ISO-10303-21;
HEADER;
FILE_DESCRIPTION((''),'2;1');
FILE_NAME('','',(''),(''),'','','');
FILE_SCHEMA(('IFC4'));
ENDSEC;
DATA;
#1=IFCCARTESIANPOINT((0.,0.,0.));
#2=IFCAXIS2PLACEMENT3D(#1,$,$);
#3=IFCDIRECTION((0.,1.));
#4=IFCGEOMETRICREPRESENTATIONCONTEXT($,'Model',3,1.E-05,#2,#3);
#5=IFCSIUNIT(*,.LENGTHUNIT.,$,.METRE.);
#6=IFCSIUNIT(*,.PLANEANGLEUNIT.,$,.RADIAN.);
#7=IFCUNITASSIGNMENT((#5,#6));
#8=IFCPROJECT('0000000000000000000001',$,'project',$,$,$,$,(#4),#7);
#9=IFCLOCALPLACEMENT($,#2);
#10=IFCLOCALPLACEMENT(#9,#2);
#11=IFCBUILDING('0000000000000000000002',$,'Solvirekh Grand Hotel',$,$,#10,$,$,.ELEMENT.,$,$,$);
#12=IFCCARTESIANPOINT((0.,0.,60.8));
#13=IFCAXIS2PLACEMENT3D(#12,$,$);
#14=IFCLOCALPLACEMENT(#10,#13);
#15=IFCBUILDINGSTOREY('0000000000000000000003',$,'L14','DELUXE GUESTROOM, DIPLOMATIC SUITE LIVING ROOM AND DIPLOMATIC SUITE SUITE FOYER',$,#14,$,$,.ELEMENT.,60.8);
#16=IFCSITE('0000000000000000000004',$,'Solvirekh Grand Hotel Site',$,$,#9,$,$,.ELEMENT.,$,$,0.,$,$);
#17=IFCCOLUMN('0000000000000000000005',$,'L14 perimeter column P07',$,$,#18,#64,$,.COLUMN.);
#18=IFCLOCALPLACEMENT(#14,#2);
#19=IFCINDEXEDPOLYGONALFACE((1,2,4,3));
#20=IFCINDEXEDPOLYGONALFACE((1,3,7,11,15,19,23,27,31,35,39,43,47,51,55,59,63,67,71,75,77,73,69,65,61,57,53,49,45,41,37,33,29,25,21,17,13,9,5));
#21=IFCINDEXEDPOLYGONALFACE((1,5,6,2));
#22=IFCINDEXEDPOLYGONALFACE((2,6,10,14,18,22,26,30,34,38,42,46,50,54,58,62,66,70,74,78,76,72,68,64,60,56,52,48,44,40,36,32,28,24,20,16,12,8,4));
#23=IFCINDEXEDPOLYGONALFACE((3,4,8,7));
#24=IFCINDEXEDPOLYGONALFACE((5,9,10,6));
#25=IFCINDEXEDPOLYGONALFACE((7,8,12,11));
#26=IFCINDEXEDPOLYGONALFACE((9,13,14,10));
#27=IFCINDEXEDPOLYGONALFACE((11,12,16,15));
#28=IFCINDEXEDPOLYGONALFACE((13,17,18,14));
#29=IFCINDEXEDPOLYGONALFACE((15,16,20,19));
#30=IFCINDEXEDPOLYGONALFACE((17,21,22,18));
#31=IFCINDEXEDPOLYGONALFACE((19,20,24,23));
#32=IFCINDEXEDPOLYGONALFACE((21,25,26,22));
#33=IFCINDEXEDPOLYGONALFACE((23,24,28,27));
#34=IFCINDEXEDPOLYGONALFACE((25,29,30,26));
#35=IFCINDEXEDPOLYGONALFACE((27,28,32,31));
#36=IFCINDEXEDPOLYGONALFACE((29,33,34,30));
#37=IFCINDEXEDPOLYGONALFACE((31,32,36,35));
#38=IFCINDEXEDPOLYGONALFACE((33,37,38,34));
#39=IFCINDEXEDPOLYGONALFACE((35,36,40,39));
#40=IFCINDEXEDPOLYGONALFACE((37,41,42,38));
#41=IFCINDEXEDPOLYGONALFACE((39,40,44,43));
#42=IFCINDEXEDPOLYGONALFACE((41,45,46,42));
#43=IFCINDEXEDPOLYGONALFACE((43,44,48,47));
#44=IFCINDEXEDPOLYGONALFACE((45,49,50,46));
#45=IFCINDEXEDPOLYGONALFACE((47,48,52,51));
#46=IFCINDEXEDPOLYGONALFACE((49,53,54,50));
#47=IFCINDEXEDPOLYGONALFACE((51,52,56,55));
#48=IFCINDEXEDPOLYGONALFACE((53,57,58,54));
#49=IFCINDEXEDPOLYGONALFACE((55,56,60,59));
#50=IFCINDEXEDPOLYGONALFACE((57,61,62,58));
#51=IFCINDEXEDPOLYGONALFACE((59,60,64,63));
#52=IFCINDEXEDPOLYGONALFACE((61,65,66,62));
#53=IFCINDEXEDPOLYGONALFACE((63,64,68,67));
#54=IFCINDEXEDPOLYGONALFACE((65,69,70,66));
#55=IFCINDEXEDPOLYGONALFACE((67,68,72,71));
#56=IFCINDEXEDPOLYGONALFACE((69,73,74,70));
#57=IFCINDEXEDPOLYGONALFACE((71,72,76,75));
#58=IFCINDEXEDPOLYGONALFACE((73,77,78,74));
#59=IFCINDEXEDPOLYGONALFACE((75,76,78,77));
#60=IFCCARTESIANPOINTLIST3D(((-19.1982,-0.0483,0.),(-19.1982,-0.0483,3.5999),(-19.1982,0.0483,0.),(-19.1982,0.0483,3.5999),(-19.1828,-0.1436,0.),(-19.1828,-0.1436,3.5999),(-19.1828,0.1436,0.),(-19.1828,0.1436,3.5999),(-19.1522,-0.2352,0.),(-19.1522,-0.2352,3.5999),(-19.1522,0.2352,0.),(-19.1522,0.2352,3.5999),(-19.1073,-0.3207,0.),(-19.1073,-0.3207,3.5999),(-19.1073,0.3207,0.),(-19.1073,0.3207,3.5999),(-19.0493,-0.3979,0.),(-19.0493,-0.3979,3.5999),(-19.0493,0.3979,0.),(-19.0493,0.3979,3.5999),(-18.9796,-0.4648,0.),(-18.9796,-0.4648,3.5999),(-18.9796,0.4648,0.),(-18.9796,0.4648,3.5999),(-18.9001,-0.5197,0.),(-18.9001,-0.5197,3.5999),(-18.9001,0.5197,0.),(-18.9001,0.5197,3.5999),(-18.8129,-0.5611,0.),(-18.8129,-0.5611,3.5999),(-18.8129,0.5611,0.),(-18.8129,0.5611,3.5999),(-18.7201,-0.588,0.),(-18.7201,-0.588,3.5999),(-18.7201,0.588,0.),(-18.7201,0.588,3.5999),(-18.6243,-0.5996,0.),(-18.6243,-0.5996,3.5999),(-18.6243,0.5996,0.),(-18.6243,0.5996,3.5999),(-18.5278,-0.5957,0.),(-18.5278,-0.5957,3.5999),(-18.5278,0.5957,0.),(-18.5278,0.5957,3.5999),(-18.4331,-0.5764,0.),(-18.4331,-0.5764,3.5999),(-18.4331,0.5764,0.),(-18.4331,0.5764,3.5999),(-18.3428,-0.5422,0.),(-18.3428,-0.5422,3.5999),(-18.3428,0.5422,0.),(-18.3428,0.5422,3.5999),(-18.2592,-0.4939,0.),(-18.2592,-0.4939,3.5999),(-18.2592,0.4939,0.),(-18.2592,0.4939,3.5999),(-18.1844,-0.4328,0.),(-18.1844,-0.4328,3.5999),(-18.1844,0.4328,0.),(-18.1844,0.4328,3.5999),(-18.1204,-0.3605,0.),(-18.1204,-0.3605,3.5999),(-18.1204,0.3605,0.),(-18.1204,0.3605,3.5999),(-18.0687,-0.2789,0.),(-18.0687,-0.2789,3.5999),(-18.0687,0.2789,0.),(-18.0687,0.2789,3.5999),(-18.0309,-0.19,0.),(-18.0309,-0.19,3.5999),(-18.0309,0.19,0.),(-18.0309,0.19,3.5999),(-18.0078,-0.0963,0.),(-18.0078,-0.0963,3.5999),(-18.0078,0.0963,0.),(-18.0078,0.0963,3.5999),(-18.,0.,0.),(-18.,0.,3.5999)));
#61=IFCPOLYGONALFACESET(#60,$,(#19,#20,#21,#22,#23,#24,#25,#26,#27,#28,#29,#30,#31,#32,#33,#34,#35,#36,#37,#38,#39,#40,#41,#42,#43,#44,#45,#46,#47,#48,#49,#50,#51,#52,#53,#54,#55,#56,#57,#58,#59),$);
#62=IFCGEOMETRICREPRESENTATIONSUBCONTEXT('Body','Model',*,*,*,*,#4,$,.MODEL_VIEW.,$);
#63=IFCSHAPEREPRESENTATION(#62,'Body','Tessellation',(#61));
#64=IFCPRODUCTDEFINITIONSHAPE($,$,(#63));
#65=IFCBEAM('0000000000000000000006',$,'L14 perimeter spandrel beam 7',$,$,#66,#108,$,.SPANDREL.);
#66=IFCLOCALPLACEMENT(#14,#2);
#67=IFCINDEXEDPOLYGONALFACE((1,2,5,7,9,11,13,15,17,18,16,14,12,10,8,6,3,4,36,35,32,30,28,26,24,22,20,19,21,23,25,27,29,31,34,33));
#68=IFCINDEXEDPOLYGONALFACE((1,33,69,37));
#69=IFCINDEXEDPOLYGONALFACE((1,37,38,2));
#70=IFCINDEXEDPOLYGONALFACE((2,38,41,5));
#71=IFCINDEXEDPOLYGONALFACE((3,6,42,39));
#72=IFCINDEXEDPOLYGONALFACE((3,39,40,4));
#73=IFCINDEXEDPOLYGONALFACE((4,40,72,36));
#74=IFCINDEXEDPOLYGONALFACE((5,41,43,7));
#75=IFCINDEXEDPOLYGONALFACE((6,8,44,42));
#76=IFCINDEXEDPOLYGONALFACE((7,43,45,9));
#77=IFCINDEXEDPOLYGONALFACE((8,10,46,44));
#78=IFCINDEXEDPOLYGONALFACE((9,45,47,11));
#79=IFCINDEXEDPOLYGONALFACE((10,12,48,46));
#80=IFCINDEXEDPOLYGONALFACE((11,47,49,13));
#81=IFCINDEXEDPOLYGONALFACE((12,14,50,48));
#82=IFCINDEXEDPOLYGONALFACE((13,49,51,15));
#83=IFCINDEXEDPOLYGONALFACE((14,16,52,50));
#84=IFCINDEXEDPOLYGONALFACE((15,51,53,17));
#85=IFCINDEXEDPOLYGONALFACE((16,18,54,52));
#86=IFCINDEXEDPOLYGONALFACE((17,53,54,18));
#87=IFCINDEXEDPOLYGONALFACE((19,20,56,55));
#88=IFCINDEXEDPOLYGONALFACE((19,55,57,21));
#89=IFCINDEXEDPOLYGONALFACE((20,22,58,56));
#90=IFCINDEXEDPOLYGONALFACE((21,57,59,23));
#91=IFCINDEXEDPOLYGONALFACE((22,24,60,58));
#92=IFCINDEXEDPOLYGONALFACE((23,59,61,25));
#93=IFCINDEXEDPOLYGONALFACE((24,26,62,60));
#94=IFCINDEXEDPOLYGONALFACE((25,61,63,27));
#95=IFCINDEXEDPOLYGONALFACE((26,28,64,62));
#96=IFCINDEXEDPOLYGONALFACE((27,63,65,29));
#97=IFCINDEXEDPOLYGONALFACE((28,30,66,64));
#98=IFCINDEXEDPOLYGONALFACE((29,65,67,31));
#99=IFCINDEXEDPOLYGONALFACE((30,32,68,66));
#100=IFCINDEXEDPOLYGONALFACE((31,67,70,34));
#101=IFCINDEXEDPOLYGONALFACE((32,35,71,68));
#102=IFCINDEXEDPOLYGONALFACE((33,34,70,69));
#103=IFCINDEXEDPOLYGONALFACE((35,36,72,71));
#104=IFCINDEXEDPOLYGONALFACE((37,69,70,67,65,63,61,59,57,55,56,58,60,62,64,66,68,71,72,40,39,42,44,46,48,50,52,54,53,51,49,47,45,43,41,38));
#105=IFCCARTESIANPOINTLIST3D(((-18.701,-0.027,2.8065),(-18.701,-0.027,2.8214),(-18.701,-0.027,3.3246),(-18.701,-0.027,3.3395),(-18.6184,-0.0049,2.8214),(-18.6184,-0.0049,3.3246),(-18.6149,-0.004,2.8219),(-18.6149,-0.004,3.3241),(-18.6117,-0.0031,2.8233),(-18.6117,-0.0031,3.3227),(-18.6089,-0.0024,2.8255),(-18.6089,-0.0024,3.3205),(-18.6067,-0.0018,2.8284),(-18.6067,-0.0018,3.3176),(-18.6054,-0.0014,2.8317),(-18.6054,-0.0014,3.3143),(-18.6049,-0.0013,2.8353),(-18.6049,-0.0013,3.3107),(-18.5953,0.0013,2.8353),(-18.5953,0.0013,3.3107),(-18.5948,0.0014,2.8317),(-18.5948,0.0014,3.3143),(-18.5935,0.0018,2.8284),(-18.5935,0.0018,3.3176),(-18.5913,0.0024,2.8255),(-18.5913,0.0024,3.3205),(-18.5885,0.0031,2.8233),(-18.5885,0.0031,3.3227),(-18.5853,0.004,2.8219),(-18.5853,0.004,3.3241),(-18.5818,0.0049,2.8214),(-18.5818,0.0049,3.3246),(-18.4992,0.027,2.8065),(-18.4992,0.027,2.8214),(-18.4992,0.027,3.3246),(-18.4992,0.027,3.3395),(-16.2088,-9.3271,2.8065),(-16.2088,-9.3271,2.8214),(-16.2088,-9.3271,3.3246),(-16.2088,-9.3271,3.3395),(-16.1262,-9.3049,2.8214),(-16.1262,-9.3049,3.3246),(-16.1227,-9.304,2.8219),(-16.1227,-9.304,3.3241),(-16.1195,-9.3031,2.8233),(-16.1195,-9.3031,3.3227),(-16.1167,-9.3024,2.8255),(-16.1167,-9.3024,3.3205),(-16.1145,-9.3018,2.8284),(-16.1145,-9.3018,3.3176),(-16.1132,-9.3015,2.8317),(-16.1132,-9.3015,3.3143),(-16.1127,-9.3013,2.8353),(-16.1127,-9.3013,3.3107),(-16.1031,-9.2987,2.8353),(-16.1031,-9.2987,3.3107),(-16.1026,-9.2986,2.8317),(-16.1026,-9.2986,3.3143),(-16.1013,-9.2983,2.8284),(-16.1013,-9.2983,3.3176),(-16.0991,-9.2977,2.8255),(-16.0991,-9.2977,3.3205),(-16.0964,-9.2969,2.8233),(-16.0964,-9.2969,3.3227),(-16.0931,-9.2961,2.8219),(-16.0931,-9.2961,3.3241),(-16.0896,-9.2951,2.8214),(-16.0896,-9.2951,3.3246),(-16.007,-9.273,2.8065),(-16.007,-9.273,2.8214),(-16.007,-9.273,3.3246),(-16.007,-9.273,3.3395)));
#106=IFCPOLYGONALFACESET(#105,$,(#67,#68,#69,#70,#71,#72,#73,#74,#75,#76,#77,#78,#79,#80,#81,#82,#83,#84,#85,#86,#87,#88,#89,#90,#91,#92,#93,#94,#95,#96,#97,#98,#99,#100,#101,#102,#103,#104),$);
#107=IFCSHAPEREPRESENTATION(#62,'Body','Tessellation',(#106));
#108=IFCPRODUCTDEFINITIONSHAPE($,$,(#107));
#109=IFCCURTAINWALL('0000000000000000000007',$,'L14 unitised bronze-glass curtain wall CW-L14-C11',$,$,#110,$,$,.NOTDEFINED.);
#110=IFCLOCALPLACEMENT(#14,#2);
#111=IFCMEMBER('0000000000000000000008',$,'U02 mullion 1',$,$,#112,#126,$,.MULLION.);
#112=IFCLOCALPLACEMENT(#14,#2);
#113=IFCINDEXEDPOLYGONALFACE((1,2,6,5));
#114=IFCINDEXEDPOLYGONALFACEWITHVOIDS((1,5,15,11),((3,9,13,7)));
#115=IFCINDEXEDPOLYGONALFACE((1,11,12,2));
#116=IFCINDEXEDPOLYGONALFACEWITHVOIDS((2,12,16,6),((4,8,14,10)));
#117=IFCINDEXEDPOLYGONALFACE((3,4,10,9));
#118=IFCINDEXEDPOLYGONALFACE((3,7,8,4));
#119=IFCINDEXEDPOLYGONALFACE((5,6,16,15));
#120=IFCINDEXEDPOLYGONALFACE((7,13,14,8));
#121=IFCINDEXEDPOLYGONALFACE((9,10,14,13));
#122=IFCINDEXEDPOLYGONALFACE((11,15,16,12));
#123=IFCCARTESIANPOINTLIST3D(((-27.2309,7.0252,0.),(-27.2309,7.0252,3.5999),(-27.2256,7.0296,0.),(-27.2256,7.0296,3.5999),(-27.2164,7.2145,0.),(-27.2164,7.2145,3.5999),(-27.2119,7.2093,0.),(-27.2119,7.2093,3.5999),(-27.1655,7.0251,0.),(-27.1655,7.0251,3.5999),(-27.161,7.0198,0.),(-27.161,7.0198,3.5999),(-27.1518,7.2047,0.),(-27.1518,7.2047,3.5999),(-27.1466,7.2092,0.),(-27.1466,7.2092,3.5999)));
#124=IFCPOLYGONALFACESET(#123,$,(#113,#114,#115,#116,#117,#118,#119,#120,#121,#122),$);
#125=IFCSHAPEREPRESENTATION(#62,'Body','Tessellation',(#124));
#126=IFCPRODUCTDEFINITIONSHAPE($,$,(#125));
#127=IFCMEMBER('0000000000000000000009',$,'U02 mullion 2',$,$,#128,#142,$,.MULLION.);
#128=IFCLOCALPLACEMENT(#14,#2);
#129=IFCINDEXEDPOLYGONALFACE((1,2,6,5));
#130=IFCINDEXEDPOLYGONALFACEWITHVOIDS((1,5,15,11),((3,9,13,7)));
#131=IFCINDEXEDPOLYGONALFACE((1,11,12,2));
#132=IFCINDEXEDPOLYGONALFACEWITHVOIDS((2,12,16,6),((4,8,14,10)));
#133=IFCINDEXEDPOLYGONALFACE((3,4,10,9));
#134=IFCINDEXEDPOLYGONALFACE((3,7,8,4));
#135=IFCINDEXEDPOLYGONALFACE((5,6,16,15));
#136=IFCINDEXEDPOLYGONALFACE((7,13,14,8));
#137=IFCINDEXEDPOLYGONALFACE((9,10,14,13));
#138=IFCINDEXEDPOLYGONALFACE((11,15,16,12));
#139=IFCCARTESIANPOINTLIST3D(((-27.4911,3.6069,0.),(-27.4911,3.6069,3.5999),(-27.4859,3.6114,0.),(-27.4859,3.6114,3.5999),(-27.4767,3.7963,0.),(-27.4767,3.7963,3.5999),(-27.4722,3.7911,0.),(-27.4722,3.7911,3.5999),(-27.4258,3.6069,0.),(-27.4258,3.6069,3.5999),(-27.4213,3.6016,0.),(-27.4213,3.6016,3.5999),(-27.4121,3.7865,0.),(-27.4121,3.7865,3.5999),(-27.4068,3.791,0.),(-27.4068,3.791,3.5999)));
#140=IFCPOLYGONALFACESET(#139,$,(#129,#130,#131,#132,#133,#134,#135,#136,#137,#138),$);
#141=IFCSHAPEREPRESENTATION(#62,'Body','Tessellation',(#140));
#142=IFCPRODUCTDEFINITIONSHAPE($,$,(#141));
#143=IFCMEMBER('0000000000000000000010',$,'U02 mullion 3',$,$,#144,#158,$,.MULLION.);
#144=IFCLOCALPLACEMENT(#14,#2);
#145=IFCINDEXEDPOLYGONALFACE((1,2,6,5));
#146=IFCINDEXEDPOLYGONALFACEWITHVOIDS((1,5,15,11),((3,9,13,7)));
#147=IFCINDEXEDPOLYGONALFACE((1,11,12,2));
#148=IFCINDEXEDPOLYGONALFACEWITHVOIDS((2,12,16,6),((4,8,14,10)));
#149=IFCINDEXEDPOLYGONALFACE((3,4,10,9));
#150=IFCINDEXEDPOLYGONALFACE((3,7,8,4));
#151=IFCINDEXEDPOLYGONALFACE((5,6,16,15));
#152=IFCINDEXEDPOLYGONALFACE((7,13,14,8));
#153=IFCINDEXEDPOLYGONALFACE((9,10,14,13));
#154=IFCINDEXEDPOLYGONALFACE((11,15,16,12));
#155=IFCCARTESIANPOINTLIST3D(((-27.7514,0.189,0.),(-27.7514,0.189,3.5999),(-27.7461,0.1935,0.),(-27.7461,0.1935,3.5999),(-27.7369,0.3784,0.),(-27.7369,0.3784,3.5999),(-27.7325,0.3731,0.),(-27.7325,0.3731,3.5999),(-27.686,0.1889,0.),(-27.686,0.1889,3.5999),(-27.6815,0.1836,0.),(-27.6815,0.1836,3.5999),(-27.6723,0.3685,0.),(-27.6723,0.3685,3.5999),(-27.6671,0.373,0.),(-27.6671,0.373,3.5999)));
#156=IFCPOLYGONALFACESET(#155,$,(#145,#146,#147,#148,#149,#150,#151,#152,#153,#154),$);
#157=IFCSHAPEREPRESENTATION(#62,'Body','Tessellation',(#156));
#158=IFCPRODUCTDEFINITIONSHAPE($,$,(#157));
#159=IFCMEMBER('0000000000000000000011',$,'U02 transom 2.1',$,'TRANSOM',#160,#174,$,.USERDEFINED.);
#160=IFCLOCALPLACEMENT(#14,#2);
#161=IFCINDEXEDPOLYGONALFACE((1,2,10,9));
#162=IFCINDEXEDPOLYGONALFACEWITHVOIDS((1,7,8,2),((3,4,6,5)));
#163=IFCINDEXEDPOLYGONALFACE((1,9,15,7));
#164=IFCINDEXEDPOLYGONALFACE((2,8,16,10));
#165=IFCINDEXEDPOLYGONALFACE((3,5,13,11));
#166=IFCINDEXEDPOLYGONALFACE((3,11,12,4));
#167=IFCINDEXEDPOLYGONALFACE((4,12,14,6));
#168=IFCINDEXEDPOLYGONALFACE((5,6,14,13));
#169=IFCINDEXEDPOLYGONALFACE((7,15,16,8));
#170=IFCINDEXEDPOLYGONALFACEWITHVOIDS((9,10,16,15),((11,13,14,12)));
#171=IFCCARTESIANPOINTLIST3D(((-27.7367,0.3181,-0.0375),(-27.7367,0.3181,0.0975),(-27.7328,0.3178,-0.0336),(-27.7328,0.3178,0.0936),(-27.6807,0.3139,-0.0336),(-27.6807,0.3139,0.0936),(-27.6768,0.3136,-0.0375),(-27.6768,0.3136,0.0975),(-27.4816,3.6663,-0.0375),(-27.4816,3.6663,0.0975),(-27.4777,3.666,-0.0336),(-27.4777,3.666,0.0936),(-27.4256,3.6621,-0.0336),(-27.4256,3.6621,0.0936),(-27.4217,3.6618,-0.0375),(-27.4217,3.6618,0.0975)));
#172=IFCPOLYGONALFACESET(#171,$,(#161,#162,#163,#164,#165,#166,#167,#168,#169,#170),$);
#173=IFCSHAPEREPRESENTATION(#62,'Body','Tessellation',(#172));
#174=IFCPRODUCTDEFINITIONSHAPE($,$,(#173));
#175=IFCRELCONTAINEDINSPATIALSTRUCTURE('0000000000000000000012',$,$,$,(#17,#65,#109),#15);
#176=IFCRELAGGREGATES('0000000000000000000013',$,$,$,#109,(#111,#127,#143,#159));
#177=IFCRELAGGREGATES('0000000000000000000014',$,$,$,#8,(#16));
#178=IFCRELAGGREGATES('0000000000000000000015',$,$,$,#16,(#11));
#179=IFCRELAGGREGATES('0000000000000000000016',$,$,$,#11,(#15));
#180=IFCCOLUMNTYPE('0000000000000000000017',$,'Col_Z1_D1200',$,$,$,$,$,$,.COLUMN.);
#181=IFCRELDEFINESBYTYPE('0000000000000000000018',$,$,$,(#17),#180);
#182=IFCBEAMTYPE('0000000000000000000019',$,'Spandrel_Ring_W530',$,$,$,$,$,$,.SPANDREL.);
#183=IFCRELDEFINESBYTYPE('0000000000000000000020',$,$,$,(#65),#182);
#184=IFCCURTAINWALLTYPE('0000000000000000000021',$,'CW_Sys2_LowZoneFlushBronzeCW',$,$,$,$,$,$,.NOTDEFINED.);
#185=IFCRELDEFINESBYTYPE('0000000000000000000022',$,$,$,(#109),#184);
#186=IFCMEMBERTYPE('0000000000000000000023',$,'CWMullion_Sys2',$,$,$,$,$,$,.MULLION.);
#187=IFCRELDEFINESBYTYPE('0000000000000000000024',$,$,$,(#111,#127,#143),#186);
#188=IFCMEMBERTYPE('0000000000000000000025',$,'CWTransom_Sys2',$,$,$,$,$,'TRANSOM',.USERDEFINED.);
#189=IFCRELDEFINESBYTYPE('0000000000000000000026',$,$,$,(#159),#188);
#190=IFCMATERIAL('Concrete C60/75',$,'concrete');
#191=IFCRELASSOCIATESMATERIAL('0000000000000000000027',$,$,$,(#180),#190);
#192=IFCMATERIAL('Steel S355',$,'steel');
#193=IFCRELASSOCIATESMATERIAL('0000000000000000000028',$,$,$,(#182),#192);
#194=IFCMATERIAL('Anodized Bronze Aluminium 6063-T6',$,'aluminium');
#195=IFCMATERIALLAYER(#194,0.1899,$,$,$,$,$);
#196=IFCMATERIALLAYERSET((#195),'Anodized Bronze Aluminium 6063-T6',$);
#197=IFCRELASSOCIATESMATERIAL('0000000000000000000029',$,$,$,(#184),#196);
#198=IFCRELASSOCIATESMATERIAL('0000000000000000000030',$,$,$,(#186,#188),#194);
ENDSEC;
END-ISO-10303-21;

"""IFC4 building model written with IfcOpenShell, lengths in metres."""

from ifc_helpers import new_model, si_unit, direction, frame, origin, origin_2d, place, context, subcontext, project, spatial, hollow_rectangle, circle, i_section, extrude, source, transform, mapped, material, layer, layer_set, material_profile, profile_set, type_object, element, aggregate, save


model = new_model("IFC4")

# Units and contexts
model_context = context("Model", 3, precision=1e-05, world=origin(), true_north=direction((0.0, 1.0)))
body_context = subcontext(model_context, "Body", "Model", "MODEL_VIEW")
ifc_project = project(units=[si_unit("LENGTHUNIT", "METRE"), si_unit("PLANEANGLEUNIT", "RADIAN")], contexts=[model_context])

# Site, building, storey
site_placement = place(None, origin())
site = spatial("IfcSite", under=ifc_project, at=site_placement, Name="Solvirekh Grand Hotel Site", CompositionType="ELEMENT", RefElevation=0.0)
building_placement = place(site_placement, origin())
building = spatial("IfcBuilding", under=site, at=building_placement, Name="Solvirekh Grand Hotel", CompositionType="ELEMENT")
storey_placement = place(building_placement, frame((0.0, 0.0, 60.8)))
storey = spatial("IfcBuildingStorey", under=building, at=storey_placement, Name="L14", Description="DELUXE GUESTROOM, DIPLOMATIC SUITE LIVING ROOM AND DIPLOMATIC SUITE SUITE FOYER", CompositionType="ELEMENT", Elevation=60.8)

# Column
ifc_material_1 = material(Name="Concrete C60/75", Category="concrete")
ifc_material_profile_1 = material_profile(ifc_material_1, circle(Radius=0.6001, at=origin_2d()), Name="RC CIRC D1200")
ifc_profile_set_1 = profile_set([ifc_material_profile_1], Name="Concrete C60/75")
column_type = type_object("IfcColumnType", Name="Col_Z1_D1200", PredefinedType="COLUMN", material=ifc_profile_set_1)
column_placement = place(storey_placement, frame((-18.6001, 0.0, 0.0), z_axis=(0.0, 0.0, 1.0), x_axis=(1.0, 0.0, 0.0)))
element("IfcColumn", 1, at=column_placement, inside=storey, type_object=column_type, Name="L14 perimeter column P07", PredefinedType="COLUMN", context=body_context, shape_type="SweptSolid", body=[
    extrude(circle(Radius=0.6001, at=origin_2d()), origin(), (0.0, 0.0, 1.0), 3.5999),
])

# Beam
ifc_material_2 = material(Name="Steel S355", Category="steel")
ifc_material_profile_2 = material_profile(ifc_material_2, i_section(OverallWidth=0.209, OverallDepth=0.533, WebThickness=0.01, FlangeThickness=0.0149, FilletRadius=0.0139, at=origin_2d()), Name="W530X92")
ifc_profile_set_2 = profile_set([ifc_material_profile_2], Name="Steel S355")
beam_type = type_object("IfcBeamType", Name="Spandrel_Ring_W530", PredefinedType="SPANDREL", material=ifc_profile_set_2)
beam_placement = place(storey_placement, frame((-18.6001, 0.0, 3.073), z_axis=(0.258843, -0.965919, 0.0), x_axis=(0.965919, 0.258843, 0.0)))
element("IfcBeam", 2, at=beam_placement, inside=storey, type_object=beam_type, Name="L14 perimeter spandrel beam 7", PredefinedType="SPANDREL", context=body_context, shape_type="SweptSolid", body=[
    extrude(i_section(OverallWidth=0.209, OverallDepth=0.533, WebThickness=0.01, FlangeThickness=0.0149, FilletRadius=0.0139, at=origin_2d()), origin(), (0.0, 0.0, 1.0), 9.6282),
])

# Curtain wall, members
ifc_material_3 = material(Name="Anodized Bronze Aluminium 6063-T6", Category="aluminium")
ifc_layer_1 = layer(ifc_material_3, 0.1899)
ifc_layer_set_1 = layer_set([ifc_layer_1], Name="Anodized Bronze Aluminium 6063-T6")
curtain_wall_type = type_object("IfcCurtainWallType", Name="CW_Sys2_LowZoneFlushBronzeCW", PredefinedType="NOTDEFINED", material=ifc_layer_set_1)
curtain_wall_placement = place(storey_placement, origin())
curtain_wall = element("IfcCurtainWall", 3, at=curtain_wall_placement, inside=storey, type_object=curtain_wall_type, Name="L14 unitised bronze-glass curtain wall CW-L14-C11", PredefinedType="NOTDEFINED")
ifc_material_profile_3 = material_profile(ifc_material_3, hollow_rectangle(XDim=0.0701, YDim=0.1899, WallThickness=0.0049, at=origin_2d()), Name="ALU RHS 190X70X5")
ifc_profile_set_3 = profile_set([ifc_material_profile_3], Name="Anodized Bronze Aluminium 6063-T6")
member_type_1 = type_object("IfcMemberType", Name="CWMullion_Sys2", PredefinedType="MULLION", material=ifc_profile_set_3)
shared_shape_1 = source(origin(), body_context, "Body", "SweptSolid", [
    extrude(hollow_rectangle(XDim=0.0701, YDim=0.1899, WallThickness=0.0049, at=origin_2d()), origin(), (0.0, 0.0, 1.0), 3.5999),
])
member_1_placement = place(storey_placement, frame((-27.1887, 7.1172, 0.0), z_axis=(0.0, 0.0, 1.0), x_axis=(0.997112, -0.075946, 0.0)))
member_1 = element("IfcMember", 4, at=member_1_placement, type_object=member_type_1, Name="U02 mullion 1", PredefinedType="MULLION", context=body_context, shape_type="MappedRepresentation", body=[
    mapped(shared_shape_1, transform((0.0, 0.0, 0.0), x_axis=(1.0, 0.0, 0.0), y_axis=(0.0, 1.0, 0.0), z_axis=(0.0, 0.0, 1.0), scale=1.0)),
])
member_2_placement = place(storey_placement, frame((-27.449, 3.699, 0.0), z_axis=(0.0, 0.0, 1.0), x_axis=(0.997112, -0.075946, 0.0)))
member_2 = element("IfcMember", 5, at=member_2_placement, type_object=member_type_1, Name="U02 mullion 2", PredefinedType="MULLION", context=body_context, shape_type="MappedRepresentation", body=[
    mapped(shared_shape_1, transform((0.0, 0.0, 0.0), x_axis=(1.0, 0.0, 0.0), y_axis=(0.0, 1.0, 0.0), z_axis=(0.0, 0.0, 1.0), scale=1.0)),
])
member_3_placement = place(storey_placement, frame((-27.7092, 0.281, 0.0), z_axis=(0.0, 0.0, 1.0), x_axis=(0.997112, -0.075946, 0.0)))
member_3 = element("IfcMember", 6, at=member_3_placement, type_object=member_type_1, Name="U02 mullion 3", PredefinedType="MULLION", context=body_context, shape_type="MappedRepresentation", body=[
    mapped(shared_shape_1, transform((0.0, 0.0, 0.0), x_axis=(1.0, 0.0, 0.0), y_axis=(0.0, 1.0, 0.0), z_axis=(0.0, 0.0, 1.0), scale=1.0)),
])
ifc_material_profile_4 = material_profile(ifc_material_3, hollow_rectangle(XDim=0.0601, YDim=0.135, WallThickness=0.0039, at=origin_2d()), Name="ALU RHS 135X60X4")
ifc_profile_set_4 = profile_set([ifc_material_profile_4], Name="Anodized Bronze Aluminium 6063-T6")
member_type_2 = type_object("IfcMemberType", Name="CWTransom_Sys2", ElementType="TRANSOM", PredefinedType="USERDEFINED", material=ifc_profile_set_4)
shared_shape_2 = source(origin(), body_context, "Body", "SweptSolid", [
    extrude(hollow_rectangle(XDim=0.0601, YDim=0.135, WallThickness=0.0039, at=origin_2d()), origin(), (0.0, 0.0, 1.0), 3.3579),
])
member_4_placement = place(storey_placement, frame((-27.4517, 3.6641, 0.03), z_axis=(-0.075979, -0.997109, 0.0), x_axis=(0.997109, -0.075979, 0.0)))
member_4 = element("IfcMember", 7, at=member_4_placement, type_object=member_type_2, Name="U02 transom 2.1", ObjectType="TRANSOM", PredefinedType="USERDEFINED", context=body_context, shape_type="MappedRepresentation", body=[
    mapped(shared_shape_2, transform((0.0, 0.0, 0.0), x_axis=(1.0, 0.0, 0.0), y_axis=(0.0, 1.0, 0.0), z_axis=(0.0, 0.0, 1.0), scale=1.0)),
])
aggregate(curtain_wall, [member_1, member_2, member_3, member_4])

save(model, "model.ifc")
